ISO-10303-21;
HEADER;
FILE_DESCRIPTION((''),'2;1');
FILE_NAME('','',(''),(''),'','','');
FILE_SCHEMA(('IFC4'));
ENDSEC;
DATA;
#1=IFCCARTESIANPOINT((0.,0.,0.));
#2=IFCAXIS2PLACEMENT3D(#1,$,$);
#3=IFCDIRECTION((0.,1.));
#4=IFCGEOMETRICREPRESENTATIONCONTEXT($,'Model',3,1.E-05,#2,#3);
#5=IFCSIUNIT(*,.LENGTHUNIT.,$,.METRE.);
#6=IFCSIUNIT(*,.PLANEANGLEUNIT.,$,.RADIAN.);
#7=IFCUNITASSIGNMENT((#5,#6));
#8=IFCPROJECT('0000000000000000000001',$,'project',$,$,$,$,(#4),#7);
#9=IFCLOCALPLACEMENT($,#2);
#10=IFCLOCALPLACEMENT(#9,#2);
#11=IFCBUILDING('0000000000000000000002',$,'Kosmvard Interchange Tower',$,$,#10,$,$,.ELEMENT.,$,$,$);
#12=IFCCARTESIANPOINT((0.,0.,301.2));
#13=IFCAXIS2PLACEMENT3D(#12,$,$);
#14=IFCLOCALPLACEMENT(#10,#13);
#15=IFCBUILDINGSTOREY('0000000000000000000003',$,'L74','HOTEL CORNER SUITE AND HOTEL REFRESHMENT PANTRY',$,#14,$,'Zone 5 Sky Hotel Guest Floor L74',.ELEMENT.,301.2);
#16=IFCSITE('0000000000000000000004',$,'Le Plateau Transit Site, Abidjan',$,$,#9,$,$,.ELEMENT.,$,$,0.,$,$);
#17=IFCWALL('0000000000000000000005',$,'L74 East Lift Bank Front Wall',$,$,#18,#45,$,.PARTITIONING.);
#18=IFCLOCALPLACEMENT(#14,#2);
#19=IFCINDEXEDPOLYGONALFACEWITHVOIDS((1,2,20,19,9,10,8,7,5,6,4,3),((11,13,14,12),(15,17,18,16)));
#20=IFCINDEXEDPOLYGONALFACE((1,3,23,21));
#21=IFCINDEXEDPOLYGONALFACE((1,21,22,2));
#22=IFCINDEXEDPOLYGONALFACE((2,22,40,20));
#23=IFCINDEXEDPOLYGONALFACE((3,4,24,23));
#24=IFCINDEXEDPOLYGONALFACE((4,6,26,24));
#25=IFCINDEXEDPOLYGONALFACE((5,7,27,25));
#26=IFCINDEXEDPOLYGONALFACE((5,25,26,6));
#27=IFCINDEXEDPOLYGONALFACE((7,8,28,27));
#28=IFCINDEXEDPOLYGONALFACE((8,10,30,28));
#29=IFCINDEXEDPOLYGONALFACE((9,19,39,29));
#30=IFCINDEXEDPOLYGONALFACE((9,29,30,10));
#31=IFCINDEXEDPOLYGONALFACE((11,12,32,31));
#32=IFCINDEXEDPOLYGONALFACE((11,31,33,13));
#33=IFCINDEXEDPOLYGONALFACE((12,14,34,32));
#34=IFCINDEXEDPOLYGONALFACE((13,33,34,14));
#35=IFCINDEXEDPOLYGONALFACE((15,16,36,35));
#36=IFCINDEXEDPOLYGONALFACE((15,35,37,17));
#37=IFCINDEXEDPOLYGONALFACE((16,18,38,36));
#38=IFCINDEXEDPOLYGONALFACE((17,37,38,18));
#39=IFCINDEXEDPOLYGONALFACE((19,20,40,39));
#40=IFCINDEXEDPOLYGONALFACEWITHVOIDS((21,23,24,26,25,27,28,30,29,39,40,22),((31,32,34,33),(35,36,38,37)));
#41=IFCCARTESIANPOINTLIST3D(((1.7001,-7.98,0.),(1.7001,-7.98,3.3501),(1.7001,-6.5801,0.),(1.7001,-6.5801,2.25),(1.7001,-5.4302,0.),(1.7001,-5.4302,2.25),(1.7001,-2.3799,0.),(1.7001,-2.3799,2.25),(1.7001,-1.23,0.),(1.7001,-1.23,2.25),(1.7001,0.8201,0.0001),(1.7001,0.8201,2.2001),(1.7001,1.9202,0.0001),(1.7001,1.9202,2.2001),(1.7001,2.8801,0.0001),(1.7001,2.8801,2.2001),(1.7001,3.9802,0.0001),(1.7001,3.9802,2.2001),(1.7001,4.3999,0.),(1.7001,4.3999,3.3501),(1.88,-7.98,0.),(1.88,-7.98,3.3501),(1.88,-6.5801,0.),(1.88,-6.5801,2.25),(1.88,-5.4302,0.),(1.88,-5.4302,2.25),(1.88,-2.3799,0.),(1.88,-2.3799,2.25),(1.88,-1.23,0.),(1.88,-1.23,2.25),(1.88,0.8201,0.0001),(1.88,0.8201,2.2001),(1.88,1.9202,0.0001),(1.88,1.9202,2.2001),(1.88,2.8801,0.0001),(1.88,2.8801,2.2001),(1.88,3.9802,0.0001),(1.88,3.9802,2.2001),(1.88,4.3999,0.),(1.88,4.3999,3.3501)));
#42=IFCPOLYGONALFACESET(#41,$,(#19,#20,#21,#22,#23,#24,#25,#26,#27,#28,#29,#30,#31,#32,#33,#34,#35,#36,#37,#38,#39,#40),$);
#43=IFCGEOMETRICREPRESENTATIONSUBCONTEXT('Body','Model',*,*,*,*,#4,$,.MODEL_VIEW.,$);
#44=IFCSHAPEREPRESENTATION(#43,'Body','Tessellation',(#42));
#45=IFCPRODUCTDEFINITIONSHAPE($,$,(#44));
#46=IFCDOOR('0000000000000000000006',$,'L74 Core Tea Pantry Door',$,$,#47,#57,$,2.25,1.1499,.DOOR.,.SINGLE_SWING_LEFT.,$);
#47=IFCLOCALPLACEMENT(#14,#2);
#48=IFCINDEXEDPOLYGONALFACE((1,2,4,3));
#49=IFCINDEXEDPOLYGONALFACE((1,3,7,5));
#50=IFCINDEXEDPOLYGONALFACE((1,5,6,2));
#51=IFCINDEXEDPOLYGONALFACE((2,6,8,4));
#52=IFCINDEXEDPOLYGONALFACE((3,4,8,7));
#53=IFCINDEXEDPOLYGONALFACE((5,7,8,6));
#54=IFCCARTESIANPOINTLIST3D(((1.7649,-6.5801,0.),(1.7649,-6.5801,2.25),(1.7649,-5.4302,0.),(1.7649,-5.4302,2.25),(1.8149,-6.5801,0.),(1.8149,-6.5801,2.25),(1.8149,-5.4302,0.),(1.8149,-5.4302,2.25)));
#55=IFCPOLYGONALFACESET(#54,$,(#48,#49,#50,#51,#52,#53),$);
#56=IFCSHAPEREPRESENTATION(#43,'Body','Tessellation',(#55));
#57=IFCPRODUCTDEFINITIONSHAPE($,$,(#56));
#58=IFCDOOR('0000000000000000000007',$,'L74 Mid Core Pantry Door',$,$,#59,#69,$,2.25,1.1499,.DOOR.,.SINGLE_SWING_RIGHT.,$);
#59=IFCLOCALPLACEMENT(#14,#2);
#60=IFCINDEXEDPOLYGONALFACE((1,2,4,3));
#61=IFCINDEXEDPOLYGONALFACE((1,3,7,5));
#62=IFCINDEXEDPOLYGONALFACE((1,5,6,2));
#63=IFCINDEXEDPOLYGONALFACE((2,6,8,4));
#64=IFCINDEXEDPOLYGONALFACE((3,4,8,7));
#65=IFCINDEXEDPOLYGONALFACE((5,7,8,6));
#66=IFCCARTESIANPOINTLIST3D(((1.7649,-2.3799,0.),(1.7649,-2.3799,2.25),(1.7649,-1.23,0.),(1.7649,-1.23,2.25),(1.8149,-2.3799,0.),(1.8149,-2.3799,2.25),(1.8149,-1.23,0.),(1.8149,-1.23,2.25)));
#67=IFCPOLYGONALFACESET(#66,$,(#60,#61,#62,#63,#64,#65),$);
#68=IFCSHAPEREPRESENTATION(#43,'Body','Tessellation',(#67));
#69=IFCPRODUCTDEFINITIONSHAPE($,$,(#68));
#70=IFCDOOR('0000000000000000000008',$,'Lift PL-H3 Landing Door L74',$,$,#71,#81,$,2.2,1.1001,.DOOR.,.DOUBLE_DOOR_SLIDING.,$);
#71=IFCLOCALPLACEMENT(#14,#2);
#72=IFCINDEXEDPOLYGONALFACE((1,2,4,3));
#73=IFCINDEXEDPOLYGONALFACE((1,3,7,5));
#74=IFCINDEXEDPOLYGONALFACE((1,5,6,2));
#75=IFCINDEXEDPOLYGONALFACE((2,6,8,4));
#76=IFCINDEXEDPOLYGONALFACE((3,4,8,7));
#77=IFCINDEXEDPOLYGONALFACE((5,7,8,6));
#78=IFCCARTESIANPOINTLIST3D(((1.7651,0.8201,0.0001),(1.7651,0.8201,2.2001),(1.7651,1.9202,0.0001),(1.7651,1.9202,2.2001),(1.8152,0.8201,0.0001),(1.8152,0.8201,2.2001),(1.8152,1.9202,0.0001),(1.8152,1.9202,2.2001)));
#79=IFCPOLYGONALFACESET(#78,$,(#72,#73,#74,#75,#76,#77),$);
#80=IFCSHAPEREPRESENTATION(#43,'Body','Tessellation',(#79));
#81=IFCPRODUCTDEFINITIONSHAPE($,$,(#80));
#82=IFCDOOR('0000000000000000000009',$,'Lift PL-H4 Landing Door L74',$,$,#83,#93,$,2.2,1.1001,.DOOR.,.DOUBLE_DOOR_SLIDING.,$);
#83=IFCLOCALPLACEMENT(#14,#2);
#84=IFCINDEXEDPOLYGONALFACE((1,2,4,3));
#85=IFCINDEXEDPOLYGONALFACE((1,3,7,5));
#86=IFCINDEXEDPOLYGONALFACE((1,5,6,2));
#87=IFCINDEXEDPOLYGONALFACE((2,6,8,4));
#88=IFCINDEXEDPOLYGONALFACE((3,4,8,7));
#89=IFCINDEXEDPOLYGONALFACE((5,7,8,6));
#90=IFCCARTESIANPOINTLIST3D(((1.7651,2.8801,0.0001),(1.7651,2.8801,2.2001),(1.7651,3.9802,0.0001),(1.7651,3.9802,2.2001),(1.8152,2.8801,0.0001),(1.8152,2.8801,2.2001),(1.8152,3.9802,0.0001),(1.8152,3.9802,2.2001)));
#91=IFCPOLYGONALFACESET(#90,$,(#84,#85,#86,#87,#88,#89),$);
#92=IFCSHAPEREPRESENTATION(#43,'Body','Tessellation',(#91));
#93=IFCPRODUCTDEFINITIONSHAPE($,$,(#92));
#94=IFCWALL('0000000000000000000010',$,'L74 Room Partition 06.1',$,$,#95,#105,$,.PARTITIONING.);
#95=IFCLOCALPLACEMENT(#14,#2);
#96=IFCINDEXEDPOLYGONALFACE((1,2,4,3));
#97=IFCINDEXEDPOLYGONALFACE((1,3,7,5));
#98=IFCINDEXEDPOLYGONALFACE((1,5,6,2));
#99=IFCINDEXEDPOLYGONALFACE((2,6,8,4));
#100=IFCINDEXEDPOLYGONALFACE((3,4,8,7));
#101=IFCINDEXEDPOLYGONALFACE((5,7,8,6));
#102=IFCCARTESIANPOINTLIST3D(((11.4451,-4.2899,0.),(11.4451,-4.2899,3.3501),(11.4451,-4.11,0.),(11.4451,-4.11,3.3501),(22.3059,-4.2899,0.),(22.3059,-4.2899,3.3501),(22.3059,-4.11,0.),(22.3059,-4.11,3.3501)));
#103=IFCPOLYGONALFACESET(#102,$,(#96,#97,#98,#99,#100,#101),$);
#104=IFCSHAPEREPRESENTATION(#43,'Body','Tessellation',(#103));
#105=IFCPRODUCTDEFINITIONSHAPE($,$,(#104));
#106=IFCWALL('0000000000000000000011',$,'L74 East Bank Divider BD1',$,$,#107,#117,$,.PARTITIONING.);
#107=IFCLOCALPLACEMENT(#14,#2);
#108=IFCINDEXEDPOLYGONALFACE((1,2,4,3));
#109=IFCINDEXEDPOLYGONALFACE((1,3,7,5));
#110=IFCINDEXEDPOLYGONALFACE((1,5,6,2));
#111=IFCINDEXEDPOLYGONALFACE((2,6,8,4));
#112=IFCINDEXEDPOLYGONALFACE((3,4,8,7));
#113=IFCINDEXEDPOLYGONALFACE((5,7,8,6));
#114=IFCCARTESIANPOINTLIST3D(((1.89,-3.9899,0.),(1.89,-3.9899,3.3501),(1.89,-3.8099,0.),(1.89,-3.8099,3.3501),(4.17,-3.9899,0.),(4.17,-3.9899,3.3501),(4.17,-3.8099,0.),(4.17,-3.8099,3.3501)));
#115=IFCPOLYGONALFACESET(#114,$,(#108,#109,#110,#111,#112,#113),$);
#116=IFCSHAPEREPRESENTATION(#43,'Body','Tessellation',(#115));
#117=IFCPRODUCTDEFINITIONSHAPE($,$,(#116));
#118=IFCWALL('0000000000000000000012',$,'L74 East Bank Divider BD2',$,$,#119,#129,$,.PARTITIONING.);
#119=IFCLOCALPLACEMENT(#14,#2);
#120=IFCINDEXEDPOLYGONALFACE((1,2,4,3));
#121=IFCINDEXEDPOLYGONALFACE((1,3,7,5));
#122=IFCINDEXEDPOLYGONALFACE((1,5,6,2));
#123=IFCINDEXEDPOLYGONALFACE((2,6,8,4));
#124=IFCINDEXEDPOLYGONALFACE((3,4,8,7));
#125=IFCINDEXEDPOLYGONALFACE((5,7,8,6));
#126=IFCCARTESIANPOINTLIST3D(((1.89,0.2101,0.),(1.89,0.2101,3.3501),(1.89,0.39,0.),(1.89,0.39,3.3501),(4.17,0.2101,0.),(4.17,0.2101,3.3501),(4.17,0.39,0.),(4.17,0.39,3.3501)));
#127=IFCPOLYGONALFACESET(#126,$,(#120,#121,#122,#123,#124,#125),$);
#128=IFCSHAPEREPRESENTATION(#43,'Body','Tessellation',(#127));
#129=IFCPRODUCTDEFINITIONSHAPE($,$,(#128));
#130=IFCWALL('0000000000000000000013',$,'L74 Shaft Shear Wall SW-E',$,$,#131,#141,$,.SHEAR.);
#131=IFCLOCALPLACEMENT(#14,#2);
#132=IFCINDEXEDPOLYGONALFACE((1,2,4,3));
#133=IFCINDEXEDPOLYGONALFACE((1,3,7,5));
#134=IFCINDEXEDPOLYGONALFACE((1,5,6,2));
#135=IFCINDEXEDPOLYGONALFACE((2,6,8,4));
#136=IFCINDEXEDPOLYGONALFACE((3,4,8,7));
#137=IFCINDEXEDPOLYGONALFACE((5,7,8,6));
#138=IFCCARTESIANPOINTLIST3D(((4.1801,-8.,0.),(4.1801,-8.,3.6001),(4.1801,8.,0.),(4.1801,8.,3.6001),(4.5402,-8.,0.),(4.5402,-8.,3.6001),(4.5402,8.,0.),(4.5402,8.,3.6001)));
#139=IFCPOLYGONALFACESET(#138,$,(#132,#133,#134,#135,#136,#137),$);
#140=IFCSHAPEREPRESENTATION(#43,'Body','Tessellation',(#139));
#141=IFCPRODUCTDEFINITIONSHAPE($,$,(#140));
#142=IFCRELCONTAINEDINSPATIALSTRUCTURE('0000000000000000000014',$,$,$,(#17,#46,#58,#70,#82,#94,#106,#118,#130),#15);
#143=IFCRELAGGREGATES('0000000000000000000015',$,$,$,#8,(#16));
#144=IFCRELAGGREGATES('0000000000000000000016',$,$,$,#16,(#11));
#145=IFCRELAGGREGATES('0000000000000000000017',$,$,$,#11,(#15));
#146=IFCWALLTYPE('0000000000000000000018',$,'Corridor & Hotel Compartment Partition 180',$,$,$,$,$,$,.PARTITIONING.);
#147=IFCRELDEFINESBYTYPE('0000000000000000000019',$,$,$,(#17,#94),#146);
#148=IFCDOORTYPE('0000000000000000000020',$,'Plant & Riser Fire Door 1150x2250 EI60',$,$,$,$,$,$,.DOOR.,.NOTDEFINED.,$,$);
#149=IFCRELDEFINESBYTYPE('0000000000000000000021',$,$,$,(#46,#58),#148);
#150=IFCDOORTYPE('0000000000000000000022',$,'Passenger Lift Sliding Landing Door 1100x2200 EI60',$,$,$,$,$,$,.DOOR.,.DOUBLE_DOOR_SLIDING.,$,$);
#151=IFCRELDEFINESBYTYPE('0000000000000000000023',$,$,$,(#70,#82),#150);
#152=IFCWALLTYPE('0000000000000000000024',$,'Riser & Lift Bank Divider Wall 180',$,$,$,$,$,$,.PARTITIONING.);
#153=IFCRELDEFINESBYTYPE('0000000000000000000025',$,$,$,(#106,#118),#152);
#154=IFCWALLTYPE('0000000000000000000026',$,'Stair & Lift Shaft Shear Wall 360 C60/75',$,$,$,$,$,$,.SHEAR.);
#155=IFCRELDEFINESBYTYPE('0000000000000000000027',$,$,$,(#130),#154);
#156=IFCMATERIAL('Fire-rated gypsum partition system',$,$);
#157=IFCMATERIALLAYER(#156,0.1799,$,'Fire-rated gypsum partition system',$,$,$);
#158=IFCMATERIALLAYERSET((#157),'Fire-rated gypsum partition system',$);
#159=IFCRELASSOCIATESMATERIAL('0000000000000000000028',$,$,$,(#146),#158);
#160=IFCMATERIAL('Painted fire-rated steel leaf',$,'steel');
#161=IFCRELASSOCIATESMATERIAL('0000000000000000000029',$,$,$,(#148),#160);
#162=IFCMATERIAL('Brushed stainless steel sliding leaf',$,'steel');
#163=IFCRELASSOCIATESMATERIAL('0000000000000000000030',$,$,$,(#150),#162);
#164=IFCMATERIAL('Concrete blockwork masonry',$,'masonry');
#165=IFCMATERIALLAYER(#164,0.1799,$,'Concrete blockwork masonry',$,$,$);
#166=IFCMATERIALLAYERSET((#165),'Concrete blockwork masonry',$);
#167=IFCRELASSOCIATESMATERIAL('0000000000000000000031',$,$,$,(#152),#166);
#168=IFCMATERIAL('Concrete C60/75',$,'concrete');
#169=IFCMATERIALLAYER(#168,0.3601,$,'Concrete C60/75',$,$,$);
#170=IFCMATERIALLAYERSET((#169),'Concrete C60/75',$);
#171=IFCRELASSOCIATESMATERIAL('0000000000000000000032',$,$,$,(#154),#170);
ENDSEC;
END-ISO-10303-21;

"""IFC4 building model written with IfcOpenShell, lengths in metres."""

from ifc_helpers import new_model, si_unit, direction, frame, frame_2d, origin, place, context, subcontext, project, spatial, rectangle, extrude, source, transform, mapped, material, layer, layer_set, type_object, element, fill, save


model = new_model("IFC4")

# Units and contexts
model_context = context("Model", 3, precision=1e-05, world=origin(), true_north=direction((0.0, 1.0)))
body_context = subcontext(model_context, "Body", "Model", "MODEL_VIEW")
ifc_project = project(units=[si_unit("LENGTHUNIT", "METRE"), si_unit("PLANEANGLEUNIT", "RADIAN")], contexts=[model_context])

# Site, building, storey
site_placement = place(None, origin())
site = spatial("IfcSite", under=ifc_project, at=site_placement, Name="Le Plateau Transit Site, Abidjan", CompositionType="ELEMENT", RefElevation=0.0)
building_placement = place(site_placement, origin())
building = spatial("IfcBuilding", under=site, at=building_placement, Name="Kosmvard Interchange Tower", CompositionType="ELEMENT")
storey_placement = place(building_placement, frame((0.0, 0.0, 301.2)))
storey = spatial("IfcBuildingStorey", under=building, at=storey_placement, Name="L74", Description="HOTEL CORNER SUITE AND HOTEL REFRESHMENT PANTRY", LongName="Zone 5 Sky Hotel Guest Floor L74", CompositionType="ELEMENT", Elevation=301.2)

# Wall, openings, doors
ifc_material_1 = material(Name="Fire-rated gypsum partition system")
ifc_layer_1 = layer(ifc_material_1, 0.1799, Name="Fire-rated gypsum partition system")
ifc_layer_set_1 = layer_set([ifc_layer_1], Name="Fire-rated gypsum partition system")
wall_type_1 = type_object("IfcWallType", Name="Corridor & Hotel Compartment Partition 180", PredefinedType="PARTITIONING", material=ifc_layer_set_1)
wall_1_placement = place(storey_placement, frame((1.79, -7.98, 0.0), z_axis=(0.0, 0.0, 1.0), x_axis=(0.0, 1.0, 0.0)))
wall_1 = element("IfcWall", 1, at=wall_1_placement, inside=storey, type_object=wall_type_1, Name="L74 East Lift Bank Front Wall", PredefinedType="PARTITIONING", context=body_context, shape_type="SweptSolid", body=[
    extrude(rectangle(XDim=12.3799, YDim=0.1799, at=frame_2d((6.1899, 0.0))), origin(), (0.0, 0.0, 1.0), 3.3501),
])
opening_1_placement = place(wall_1_placement, frame((8.8, 0.0, 0.0)))
opening_1 = element("IfcOpeningElement", 2, at=opening_1_placement, cuts=wall_1, PredefinedType="OPENING", context=body_context, shape_type="SweptSolid", body=[
    extrude(rectangle(XDim=1.1001, YDim=2.2, at=frame_2d((0.55, 1.1001))), frame((0.0, 0.1001, 0.0), z_axis=(0.0, -1.0, 0.0), x_axis=(1.0, 0.0, 0.0)), (0.0, 0.0, 1.0), 0.2),
])
opening_2_placement = place(wall_1_placement, frame((10.8601, 0.0, 0.0)))
opening_2 = element("IfcOpeningElement", 3, at=opening_2_placement, cuts=wall_1, PredefinedType="OPENING", context=body_context, shape_type="SweptSolid", body=[
    extrude(rectangle(XDim=1.1001, YDim=2.2, at=frame_2d((0.55, 1.1001))), frame((0.0, 0.1001, 0.0), z_axis=(0.0, -1.0, 0.0), x_axis=(1.0, 0.0, 0.0)), (0.0, 0.0, 1.0), 0.2),
])
opening_3_placement = place(wall_1_placement, frame((1.3999, 0.0, 0.0)))
opening_3 = element("IfcOpeningElement", 4, at=opening_3_placement, cuts=wall_1, PredefinedType="OPENING", context=body_context, shape_type="SweptSolid", body=[
    extrude(rectangle(XDim=1.1499, YDim=2.25, at=frame_2d((0.575, 1.125))), frame((0.0, 0.1001, 0.0), z_axis=(0.0, -1.0, 0.0), x_axis=(1.0, 0.0, 0.0)), (0.0, 0.0, 1.0), 0.2),
])
opening_4_placement = place(wall_1_placement, frame((5.6001, 0.0, 0.0)))
opening_4 = element("IfcOpeningElement", 5, at=opening_4_placement, cuts=wall_1, PredefinedType="OPENING", context=body_context, shape_type="SweptSolid", body=[
    extrude(rectangle(XDim=1.1499, YDim=2.25, at=frame_2d((0.575, 1.125))), frame((0.0, 0.1001, 0.0), z_axis=(0.0, -1.0, 0.0), x_axis=(1.0, 0.0, 0.0)), (0.0, 0.0, 1.0), 0.2),
])
ifc_material_2 = material(Name="Painted fire-rated steel leaf", Category="steel")
door_type_1 = type_object("IfcDoorType", Name="Plant & Riser Fire Door 1150x2250 EI60", OperationType="NOTDEFINED", PredefinedType="DOOR", material=ifc_material_2)
shared_shape_1 = source(origin(), body_context, "Body", "SweptSolid", [
    extrude(rectangle(XDim=1.1499, YDim=2.25, at=frame_2d((0.575, 1.125))), frame((0.0, 0.0249, 0.0), z_axis=(0.0, -1.0, 0.0), x_axis=(1.0, 0.0, 0.0)), (0.0, 0.0, 1.0), 0.05),
])
door_1_placement = place(opening_3_placement, frame((1.1499, 0.0, 0.0), z_axis=(0.0, 0.0, 1.0), x_axis=(-1.0, 0.0, 0.0)))
door_1 = element("IfcDoor", 6, at=door_1_placement, inside=storey, type_object=door_type_1, Name="L74 Core Tea Pantry Door", OperationType="SINGLE_SWING_LEFT", OverallHeight=2.25, OverallWidth=1.1499, PredefinedType="DOOR", context=body_context, shape_type="MappedRepresentation", body=[
    mapped(shared_shape_1, transform((0.0, 0.0, 0.0), scale=1.0)),
])
fill(opening_3, door_1)
door_2_placement = place(opening_4_placement, frame((1.1499, 0.0, 0.0), z_axis=(0.0, 0.0, 1.0), x_axis=(-1.0, 0.0, 0.0)))
door_2 = element("IfcDoor", 7, at=door_2_placement, inside=storey, type_object=door_type_1, Name="L74 Mid Core Pantry Door", OperationType="SINGLE_SWING_RIGHT", OverallHeight=2.25, OverallWidth=1.1499, PredefinedType="DOOR", context=body_context, shape_type="MappedRepresentation", body=[
    mapped(shared_shape_1, transform((0.0, 0.0, 0.0), scale=1.0)),
])
fill(opening_4, door_2)
ifc_material_3 = material(Name="Brushed stainless steel sliding leaf", Category="steel")
door_type_2 = type_object("IfcDoorType", Name="Passenger Lift Sliding Landing Door 1100x2200 EI60", OperationType="DOUBLE_DOOR_SLIDING", PredefinedType="DOOR", material=ifc_material_3)
shared_shape_2 = source(origin(), body_context, "Body", "SweptSolid", [
    extrude(rectangle(XDim=1.1001, YDim=2.2, at=frame_2d((0.55, 1.1001))), frame((0.0, 0.0249, 0.0), z_axis=(0.0, -1.0, 0.0), x_axis=(1.0, 0.0, 0.0)), (0.0, 0.0, 1.0), 0.05),
])
door_3_placement = place(opening_1_placement, origin())
door_3 = element("IfcDoor", 8, at=door_3_placement, inside=storey, type_object=door_type_2, Name="Lift PL-H3 Landing Door L74", OperationType="DOUBLE_DOOR_SLIDING", OverallHeight=2.2, OverallWidth=1.1001, PredefinedType="DOOR", context=body_context, shape_type="MappedRepresentation", body=[
    mapped(shared_shape_2, transform((0.0, 0.0, 0.0), scale=1.0)),
])
fill(opening_1, door_3)
door_4_placement = place(opening_2_placement, origin())
door_4 = element("IfcDoor", 9, at=door_4_placement, inside=storey, type_object=door_type_2, Name="Lift PL-H4 Landing Door L74", OperationType="DOUBLE_DOOR_SLIDING", OverallHeight=2.2, OverallWidth=1.1001, PredefinedType="DOOR", context=body_context, shape_type="MappedRepresentation", body=[
    mapped(shared_shape_2, transform((0.0, 0.0, 0.0), scale=1.0)),
])
fill(opening_2, door_4)

# Walls
wall_2_placement = place(storey_placement, frame((11.4451, -4.2, 0.0), z_axis=(0.0, 0.0, 1.0), x_axis=(1.0, 0.0, 0.0)))
element("IfcWall", 10, at=wall_2_placement, inside=storey, type_object=wall_type_1, Name="L74 Room Partition 06.1", PredefinedType="PARTITIONING", context=body_context, shape_type="SweptSolid", body=[
    extrude(rectangle(XDim=10.8608, YDim=0.1799, at=frame_2d((5.4304, 0.0))), origin(), (0.0, 0.0, 1.0), 3.3501),
])
ifc_material_4 = material(Name="Concrete blockwork masonry", Category="masonry")
ifc_layer_2 = layer(ifc_material_4, 0.1799, Name="Concrete blockwork masonry")
ifc_layer_set_2 = layer_set([ifc_layer_2], Name="Concrete blockwork masonry")
wall_type_2 = type_object("IfcWallType", Name="Riser & Lift Bank Divider Wall 180", PredefinedType="PARTITIONING", material=ifc_layer_set_2)
for number, where, z_axis, x_axis, name in (
    (11, (1.8899, -3.8999, 0.0), (0.0, 0.0, 1.0), (1.0, 0.0, 0.0), "L74 East Bank Divider BD1"),
    (12, (1.8899, 0.3, 0.0), (0.0, 0.0, 1.0), (1.0, 0.0, 0.0), "L74 East Bank Divider BD2"),
):
    element("IfcWall", number, at=place(storey_placement, frame(where, z_axis=z_axis, x_axis=x_axis)), inside=storey, type_object=wall_type_2, Name=name, PredefinedType="PARTITIONING", context=body_context, shape_type="SweptSolid", body=[
        extrude(rectangle(XDim=2.28, YDim=0.1799, at=frame_2d((1.1401, 0.0))), origin(), (0.0, 0.0, 1.0), 3.3501),
    ])
ifc_material_5 = material(Name="Concrete C60/75", Category="concrete")
ifc_layer_3 = layer(ifc_material_5, 0.3601, Name="Concrete C60/75")
ifc_layer_set_3 = layer_set([ifc_layer_3], Name="Concrete C60/75")
wall_type_3 = type_object("IfcWallType", Name="Stair & Lift Shaft Shear Wall 360 C60/75", PredefinedType="SHEAR", material=ifc_layer_set_3)
wall_3_placement = place(storey_placement, frame((4.3601, -8.0, 0.0), z_axis=(0.0, 0.0, 1.0), x_axis=(0.0, 1.0, 0.0)))
element("IfcWall", 13, at=wall_3_placement, inside=storey, type_object=wall_type_3, Name="L74 Shaft Shear Wall SW-E", PredefinedType="SHEAR", context=body_context, shape_type="SweptSolid", body=[
    extrude(rectangle(XDim=16.0, YDim=0.3601, at=frame_2d((8.0, 0.0))), origin(), (0.0, 0.0, 1.0), 3.6001),
])

save(model, "model.ifc")
